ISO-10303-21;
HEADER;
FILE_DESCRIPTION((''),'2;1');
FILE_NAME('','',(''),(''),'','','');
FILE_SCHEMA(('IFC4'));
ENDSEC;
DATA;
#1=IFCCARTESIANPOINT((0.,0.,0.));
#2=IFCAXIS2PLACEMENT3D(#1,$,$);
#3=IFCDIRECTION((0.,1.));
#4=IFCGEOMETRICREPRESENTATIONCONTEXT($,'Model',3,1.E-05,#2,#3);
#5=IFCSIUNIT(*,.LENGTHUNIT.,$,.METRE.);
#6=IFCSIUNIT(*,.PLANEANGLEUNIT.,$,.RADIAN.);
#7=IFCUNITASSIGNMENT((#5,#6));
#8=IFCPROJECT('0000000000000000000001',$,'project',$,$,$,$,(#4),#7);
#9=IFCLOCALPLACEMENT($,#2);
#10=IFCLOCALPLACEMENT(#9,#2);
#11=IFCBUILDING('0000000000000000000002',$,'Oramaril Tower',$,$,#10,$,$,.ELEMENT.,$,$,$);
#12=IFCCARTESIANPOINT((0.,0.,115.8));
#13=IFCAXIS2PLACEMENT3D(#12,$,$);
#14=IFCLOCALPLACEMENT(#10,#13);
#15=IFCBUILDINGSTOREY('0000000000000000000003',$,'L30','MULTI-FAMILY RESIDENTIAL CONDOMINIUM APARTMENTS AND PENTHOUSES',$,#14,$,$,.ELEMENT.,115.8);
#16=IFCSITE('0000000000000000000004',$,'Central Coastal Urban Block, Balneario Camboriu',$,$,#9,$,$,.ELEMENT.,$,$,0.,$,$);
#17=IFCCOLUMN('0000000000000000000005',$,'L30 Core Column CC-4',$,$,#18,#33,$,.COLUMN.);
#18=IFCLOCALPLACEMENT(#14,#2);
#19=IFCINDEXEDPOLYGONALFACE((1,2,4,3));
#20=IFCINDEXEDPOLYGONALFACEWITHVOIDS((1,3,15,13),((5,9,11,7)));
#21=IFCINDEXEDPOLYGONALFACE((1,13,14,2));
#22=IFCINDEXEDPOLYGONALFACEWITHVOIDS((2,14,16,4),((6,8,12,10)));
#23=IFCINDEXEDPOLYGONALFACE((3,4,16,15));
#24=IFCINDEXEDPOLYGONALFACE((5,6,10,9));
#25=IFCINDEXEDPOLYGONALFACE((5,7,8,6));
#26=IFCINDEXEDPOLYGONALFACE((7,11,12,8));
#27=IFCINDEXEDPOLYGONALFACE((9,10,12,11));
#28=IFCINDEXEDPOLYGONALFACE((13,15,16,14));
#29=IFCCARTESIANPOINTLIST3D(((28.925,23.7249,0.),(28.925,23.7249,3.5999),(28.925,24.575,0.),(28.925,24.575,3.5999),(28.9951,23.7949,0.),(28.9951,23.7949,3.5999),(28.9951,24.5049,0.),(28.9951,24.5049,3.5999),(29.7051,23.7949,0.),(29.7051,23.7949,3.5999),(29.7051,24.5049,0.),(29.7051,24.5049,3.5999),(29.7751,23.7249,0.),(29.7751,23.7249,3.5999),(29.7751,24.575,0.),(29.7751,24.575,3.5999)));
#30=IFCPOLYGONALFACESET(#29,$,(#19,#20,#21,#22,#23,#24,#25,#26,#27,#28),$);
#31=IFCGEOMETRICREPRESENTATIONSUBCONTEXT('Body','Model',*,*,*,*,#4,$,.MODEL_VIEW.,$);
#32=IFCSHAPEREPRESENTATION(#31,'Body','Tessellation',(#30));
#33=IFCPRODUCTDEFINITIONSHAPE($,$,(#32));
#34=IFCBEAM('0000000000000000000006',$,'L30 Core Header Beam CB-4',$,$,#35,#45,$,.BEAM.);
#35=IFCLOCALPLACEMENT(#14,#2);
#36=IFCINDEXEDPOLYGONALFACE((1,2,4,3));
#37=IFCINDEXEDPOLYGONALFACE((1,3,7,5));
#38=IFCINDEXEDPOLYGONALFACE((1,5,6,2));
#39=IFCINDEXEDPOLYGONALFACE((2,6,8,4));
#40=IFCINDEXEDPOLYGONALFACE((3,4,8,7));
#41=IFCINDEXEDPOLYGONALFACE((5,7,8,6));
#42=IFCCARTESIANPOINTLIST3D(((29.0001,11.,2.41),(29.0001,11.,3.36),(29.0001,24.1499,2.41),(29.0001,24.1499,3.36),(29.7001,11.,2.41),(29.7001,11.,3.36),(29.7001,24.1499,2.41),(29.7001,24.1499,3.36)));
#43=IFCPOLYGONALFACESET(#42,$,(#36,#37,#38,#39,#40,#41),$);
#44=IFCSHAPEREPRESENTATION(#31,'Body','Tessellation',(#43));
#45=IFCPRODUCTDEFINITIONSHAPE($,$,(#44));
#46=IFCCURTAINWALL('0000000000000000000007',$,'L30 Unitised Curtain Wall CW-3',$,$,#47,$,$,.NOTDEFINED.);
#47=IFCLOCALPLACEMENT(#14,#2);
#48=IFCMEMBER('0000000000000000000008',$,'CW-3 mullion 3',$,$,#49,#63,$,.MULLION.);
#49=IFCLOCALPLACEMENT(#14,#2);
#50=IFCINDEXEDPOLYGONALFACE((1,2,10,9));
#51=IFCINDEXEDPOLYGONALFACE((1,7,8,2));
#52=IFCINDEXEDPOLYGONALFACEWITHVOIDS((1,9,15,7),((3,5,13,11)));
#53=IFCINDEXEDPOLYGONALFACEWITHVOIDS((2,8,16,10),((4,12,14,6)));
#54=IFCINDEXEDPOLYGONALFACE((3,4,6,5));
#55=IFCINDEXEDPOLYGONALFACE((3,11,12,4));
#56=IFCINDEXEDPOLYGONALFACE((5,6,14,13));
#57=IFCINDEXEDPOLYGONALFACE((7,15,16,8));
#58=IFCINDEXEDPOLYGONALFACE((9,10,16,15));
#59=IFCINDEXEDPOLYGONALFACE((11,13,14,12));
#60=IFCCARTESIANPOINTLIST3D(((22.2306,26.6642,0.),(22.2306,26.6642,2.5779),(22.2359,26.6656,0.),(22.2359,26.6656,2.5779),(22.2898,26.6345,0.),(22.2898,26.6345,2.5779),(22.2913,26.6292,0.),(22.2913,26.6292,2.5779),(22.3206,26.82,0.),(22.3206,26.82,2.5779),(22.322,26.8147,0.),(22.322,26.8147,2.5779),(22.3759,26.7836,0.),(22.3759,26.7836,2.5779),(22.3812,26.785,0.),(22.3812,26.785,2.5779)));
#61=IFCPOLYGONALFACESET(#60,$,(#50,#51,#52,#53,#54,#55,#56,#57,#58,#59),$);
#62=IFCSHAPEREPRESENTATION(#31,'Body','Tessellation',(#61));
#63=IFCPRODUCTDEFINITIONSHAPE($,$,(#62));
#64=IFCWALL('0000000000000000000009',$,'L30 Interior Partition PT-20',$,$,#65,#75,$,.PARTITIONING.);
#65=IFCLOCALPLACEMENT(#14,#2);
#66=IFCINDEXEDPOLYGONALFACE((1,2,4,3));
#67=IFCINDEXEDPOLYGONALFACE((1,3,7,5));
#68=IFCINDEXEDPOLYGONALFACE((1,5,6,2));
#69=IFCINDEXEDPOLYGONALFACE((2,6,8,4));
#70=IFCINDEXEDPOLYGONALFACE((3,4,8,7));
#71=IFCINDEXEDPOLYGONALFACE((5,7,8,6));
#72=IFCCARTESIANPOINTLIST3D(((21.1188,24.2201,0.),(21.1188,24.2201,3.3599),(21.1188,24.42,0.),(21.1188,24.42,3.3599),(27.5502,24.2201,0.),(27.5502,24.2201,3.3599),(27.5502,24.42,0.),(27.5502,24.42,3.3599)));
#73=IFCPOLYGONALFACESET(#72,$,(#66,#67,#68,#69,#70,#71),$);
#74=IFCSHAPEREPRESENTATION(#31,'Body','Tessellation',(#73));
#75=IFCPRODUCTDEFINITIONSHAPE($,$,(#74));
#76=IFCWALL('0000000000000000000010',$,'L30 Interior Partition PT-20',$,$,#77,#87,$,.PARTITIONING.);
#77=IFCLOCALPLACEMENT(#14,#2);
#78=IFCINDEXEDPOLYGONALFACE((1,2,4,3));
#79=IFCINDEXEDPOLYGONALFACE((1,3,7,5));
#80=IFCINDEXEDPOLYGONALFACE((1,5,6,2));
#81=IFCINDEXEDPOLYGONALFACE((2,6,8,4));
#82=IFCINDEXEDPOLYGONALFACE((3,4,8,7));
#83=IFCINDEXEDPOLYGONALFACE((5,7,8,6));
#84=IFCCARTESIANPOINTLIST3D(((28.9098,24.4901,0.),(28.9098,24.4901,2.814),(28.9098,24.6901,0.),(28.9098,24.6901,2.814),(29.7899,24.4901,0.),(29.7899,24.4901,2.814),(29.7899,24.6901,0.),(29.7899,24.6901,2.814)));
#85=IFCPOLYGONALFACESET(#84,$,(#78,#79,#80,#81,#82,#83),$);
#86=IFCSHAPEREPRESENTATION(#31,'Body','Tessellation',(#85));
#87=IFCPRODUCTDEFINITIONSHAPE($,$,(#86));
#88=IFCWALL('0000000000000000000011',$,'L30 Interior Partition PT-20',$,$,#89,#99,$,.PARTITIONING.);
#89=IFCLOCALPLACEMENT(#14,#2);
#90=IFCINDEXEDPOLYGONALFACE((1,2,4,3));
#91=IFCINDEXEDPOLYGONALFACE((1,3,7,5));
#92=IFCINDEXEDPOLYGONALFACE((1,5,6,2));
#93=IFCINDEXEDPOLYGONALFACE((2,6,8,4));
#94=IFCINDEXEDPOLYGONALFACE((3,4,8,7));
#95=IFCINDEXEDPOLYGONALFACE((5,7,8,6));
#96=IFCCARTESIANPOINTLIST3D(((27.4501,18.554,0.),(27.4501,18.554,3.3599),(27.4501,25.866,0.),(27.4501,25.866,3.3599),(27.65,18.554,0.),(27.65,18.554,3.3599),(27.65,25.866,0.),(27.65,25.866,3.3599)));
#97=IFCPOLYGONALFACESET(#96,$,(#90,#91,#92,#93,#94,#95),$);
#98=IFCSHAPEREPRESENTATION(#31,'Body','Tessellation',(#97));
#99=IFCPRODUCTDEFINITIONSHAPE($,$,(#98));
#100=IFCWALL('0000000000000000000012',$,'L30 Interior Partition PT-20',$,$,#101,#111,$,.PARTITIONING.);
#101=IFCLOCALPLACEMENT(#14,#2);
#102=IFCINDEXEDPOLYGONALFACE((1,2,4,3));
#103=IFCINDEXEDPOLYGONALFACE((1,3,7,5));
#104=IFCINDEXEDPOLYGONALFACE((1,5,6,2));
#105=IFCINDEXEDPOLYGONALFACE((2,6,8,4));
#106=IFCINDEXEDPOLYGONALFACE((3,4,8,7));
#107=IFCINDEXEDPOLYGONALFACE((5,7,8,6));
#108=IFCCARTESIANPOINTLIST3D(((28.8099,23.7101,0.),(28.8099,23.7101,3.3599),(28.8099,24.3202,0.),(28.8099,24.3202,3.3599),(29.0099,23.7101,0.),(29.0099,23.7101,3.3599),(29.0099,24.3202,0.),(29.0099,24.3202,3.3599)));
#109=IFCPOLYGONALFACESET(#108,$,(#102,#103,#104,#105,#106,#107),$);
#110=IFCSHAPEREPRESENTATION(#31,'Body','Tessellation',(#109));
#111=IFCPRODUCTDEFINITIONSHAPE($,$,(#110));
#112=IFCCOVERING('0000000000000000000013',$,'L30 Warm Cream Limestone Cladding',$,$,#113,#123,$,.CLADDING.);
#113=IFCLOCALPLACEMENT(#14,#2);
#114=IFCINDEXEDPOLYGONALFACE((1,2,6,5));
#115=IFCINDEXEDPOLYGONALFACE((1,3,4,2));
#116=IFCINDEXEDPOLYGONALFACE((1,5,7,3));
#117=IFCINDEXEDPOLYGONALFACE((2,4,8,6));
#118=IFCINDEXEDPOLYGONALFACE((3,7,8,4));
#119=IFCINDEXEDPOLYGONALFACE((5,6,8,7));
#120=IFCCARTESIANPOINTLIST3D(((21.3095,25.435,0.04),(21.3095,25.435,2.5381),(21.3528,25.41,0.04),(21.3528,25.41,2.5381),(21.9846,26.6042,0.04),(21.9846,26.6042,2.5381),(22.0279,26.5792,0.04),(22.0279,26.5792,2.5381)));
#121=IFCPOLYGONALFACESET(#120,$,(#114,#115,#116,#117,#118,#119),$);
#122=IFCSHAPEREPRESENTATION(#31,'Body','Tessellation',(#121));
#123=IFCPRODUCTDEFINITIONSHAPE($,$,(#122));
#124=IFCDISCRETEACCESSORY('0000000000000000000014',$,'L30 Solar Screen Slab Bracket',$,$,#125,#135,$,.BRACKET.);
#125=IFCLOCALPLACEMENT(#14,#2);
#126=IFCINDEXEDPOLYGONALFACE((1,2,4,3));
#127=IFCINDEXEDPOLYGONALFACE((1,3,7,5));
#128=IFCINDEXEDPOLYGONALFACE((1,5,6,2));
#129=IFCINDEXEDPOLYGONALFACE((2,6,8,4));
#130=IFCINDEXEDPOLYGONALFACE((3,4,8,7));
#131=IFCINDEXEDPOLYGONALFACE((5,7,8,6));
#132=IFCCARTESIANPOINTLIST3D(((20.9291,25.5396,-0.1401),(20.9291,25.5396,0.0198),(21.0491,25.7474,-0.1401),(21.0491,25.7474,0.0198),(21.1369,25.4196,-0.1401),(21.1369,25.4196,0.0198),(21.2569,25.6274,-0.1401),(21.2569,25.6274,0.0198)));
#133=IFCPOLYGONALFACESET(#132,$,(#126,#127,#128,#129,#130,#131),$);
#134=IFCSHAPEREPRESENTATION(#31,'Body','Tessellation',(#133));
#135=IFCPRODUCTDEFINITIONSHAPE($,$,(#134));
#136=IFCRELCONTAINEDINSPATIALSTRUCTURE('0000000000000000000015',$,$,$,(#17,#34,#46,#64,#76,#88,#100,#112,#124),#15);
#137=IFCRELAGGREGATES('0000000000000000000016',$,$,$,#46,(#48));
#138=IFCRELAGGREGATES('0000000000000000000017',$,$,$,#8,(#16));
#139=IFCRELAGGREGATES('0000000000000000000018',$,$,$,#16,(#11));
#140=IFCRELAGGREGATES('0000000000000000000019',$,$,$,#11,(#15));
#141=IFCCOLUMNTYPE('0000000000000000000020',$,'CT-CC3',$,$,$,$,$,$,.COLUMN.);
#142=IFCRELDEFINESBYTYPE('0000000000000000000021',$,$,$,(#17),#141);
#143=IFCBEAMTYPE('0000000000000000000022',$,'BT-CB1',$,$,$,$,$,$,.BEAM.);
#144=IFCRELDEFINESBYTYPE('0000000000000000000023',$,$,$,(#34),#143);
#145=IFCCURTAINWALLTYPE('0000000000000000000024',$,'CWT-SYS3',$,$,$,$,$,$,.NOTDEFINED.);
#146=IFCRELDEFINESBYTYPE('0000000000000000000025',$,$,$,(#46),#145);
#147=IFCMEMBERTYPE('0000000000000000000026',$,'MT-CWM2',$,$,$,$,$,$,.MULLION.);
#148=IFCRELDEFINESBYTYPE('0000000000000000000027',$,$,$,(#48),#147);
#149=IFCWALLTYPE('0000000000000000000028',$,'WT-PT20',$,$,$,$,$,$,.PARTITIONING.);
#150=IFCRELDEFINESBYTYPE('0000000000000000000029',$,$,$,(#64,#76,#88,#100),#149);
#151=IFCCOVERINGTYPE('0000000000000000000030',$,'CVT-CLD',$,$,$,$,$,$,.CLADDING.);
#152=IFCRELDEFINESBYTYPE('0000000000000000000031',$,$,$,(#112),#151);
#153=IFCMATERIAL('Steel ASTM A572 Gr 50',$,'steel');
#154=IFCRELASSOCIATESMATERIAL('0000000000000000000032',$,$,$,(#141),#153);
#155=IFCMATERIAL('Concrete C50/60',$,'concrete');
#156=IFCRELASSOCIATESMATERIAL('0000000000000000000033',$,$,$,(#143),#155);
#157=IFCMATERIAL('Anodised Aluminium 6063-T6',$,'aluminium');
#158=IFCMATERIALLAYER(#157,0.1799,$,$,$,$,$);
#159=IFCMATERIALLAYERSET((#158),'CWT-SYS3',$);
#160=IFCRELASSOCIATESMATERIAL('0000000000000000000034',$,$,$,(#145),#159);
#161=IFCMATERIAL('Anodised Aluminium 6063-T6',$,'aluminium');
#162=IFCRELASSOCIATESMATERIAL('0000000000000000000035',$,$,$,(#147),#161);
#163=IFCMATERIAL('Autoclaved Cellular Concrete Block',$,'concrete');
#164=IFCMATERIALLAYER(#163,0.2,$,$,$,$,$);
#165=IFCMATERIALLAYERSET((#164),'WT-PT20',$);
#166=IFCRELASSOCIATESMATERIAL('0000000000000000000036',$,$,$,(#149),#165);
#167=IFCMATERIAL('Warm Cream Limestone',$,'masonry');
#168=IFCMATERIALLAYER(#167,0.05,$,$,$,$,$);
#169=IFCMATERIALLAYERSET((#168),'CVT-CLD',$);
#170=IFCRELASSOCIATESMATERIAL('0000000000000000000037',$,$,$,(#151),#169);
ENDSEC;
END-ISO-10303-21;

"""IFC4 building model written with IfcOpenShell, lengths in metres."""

from ifc_helpers import new_model, si_unit, direction, frame, frame_2d, origin, origin_2d, place, context, subcontext, project, spatial, rectangle, hollow_rectangle, extrude, material, layer, layer_set, material_profile, profile_set, type_object, element, aggregate, save


model = new_model("IFC4")

# Units and contexts
model_context = context("Model", 3, precision=1e-05, world=origin(), true_north=direction((0.0, 1.0)))
body_context = subcontext(model_context, "Body", "Model", "MODEL_VIEW")
ifc_project = project(units=[si_unit("LENGTHUNIT", "METRE"), si_unit("PLANEANGLEUNIT", "RADIAN")], contexts=[model_context])

# Site, building, storey
site_placement = place(None, origin())
site = spatial("IfcSite", under=ifc_project, at=site_placement, Name="Central Coastal Urban Block, Balneario Camboriu", CompositionType="ELEMENT", RefElevation=0.0)
building_placement = place(site_placement, origin())
building = spatial("IfcBuilding", under=site, at=building_placement, Name="Oramaril Tower", CompositionType="ELEMENT")
storey_placement = place(building_placement, frame((0.0, 0.0, 115.8)))
storey = spatial("IfcBuildingStorey", under=building, at=storey_placement, Name="L30", Description="MULTI-FAMILY RESIDENTIAL CONDOMINIUM APARTMENTS AND PENTHOUSES", CompositionType="ELEMENT", Elevation=115.8)

# Column
ifc_material_1 = material(Name="Steel ASTM A572 Gr 50", Category="steel")
ifc_material_profile_1 = material_profile(ifc_material_1, hollow_rectangle(XDim=0.8501, YDim=0.8501, WallThickness=0.0701, at=origin_2d()), Name="BOX850X850X70")
ifc_profile_set_1 = profile_set([ifc_material_profile_1], Name="Steel ASTM A572 Gr 50")
column_type = type_object("IfcColumnType", Name="CT-CC3", PredefinedType="COLUMN", material=ifc_profile_set_1)
column_placement = place(storey_placement, frame((29.3501, 24.1499, 0.0), z_axis=(0.0, 0.0, 1.0), x_axis=(1.0, 0.0, 0.0)))
element("IfcColumn", 1, at=column_placement, inside=storey, type_object=column_type, Name="L30 Core Column CC-4", PredefinedType="COLUMN", context=body_context, shape_type="SweptSolid", body=[
    extrude(hollow_rectangle(XDim=0.8501, YDim=0.8501, WallThickness=0.0701, at=origin_2d()), origin(), (0.0, 0.0, 1.0), 3.5999),
])

# Beam
ifc_material_2 = material(Name="Concrete C50/60", Category="concrete")
ifc_material_profile_2 = material_profile(ifc_material_2, rectangle(XDim=0.7, YDim=0.95, at=origin_2d()), Name="CB700X950")
ifc_profile_set_2 = profile_set([ifc_material_profile_2], Name="Concrete C50/60")
beam_type = type_object("IfcBeamType", Name="BT-CB1", PredefinedType="BEAM", material=ifc_profile_set_2)
beam_placement = place(storey_placement, frame((29.3501, 24.1499, 2.885), z_axis=(0.0, -1.0, 0.0), x_axis=(1.0, 0.0, 0.0)))
element("IfcBeam", 2, at=beam_placement, inside=storey, type_object=beam_type, Name="L30 Core Header Beam CB-4", PredefinedType="BEAM", context=body_context, shape_type="SweptSolid", body=[
    extrude(rectangle(XDim=0.7, YDim=0.95, at=origin_2d()), origin(), (0.0, 0.0, 1.0), 13.1499),
])

# Curtain wall, member
ifc_material_3 = material(Name="Anodised Aluminium 6063-T6", Category="aluminium")
ifc_layer_1 = layer(ifc_material_3, 0.1799)
ifc_layer_set_1 = layer_set([ifc_layer_1], Name="CWT-SYS3")
curtain_wall_type = type_object("IfcCurtainWallType", Name="CWT-SYS3", PredefinedType="NOTDEFINED", material=ifc_layer_set_1)
curtain_wall_placement = place(storey_placement, origin())
curtain_wall = element("IfcCurtainWall", 3, at=curtain_wall_placement, inside=storey, type_object=curtain_wall_type, Name="L30 Unitised Curtain Wall CW-3", PredefinedType="NOTDEFINED")
ifc_material_4 = material(Name="Anodised Aluminium 6063-T6", Category="aluminium")
ifc_material_profile_3 = material_profile(ifc_material_4, hollow_rectangle(XDim=0.0701, YDim=0.1799, WallThickness=0.0039, at=origin_2d()), Name="CWM180X70")
ifc_profile_set_3 = profile_set([ifc_material_profile_3], Name="Anodised Aluminium 6063-T6")
member_type = type_object("IfcMemberType", Name="MT-CWM2", PredefinedType="MULLION", material=ifc_profile_set_3)
member_placement = place(storey_placement, frame((22.3059, 26.7246, 0.0), z_axis=(0.0, 0.0, 1.0), x_axis=(0.866025, -0.5, 0.0)))
member = element("IfcMember", 4, at=member_placement, type_object=member_type, Name="CW-3 mullion 3", PredefinedType="MULLION", context=body_context, shape_type="SweptSolid", body=[
    extrude(hollow_rectangle(XDim=0.0701, YDim=0.1799, WallThickness=0.0039, at=origin_2d()), origin(), (0.0, 0.0, 1.0), 2.5779),
])
aggregate(curtain_wall, [member])

# Walls
ifc_material_5 = material(Name="Autoclaved Cellular Concrete Block", Category="concrete")
ifc_layer_2 = layer(ifc_material_5, 0.2)
ifc_layer_set_2 = layer_set([ifc_layer_2], Name="WT-PT20")
wall_type_1 = type_object("IfcWallType", Name="WT-PT20", PredefinedType="PARTITIONING", material=ifc_layer_set_2)
wall_1_placement = place(storey_placement, frame((21.1187, 24.3201, 0.0), z_axis=(0.0, 0.0, 1.0), x_axis=(1.0, 0.0, 0.0)))
element("IfcWall", 5, at=wall_1_placement, inside=storey, type_object=wall_type_1, Name="L30 Interior Partition PT-20", PredefinedType="PARTITIONING", context=body_context, shape_type="SweptSolid", body=[
    extrude(rectangle(XDim=6.4314, YDim=0.2, at=frame_2d((3.2158, 0.0))), origin(), (0.0, 0.0, 1.0), 3.3599),
])
wall_2_placement = place(storey_placement, frame((28.9099, 24.5901, 0.0), z_axis=(0.0, 0.0, 1.0), x_axis=(1.0, 0.0, 0.0)))
element("IfcWall", 6, at=wall_2_placement, inside=storey, type_object=wall_type_1, Name="L30 Interior Partition PT-20", PredefinedType="PARTITIONING", context=body_context, shape_type="SweptSolid", body=[
    extrude(rectangle(XDim=0.8801, YDim=0.2, at=frame_2d((0.4399, 0.0))), origin(), (0.0, 0.0, 1.0), 2.814),
])

# Walls
wall_3_placement = place(storey_placement, frame((27.55, 18.554, 0.0), z_axis=(0.0, 0.0, 1.0), x_axis=(0.0, 1.0, 0.0)))
element("IfcWall", 7, at=wall_3_placement, inside=storey, type_object=wall_type_1, Name="L30 Interior Partition PT-20", PredefinedType="PARTITIONING", context=body_context, shape_type="SweptSolid", body=[
    extrude(rectangle(XDim=7.312, YDim=0.2, at=frame_2d((3.656, 0.0))), origin(), (0.0, 0.0, 1.0), 3.3599),
])
wall_4_placement = place(storey_placement, frame((28.9099, 23.71, 0.0), z_axis=(0.0, 0.0, 1.0), x_axis=(0.0, 1.0, 0.0)))
element("IfcWall", 8, at=wall_4_placement, inside=storey, type_object=wall_type_1, Name="L30 Interior Partition PT-20", PredefinedType="PARTITIONING", context=body_context, shape_type="SweptSolid", body=[
    extrude(rectangle(XDim=0.6101, YDim=0.2, at=frame_2d((0.3052, 0.0))), origin(), (0.0, 0.0, 1.0), 3.3599),
])

# Covering
ifc_material_6 = material(Name="Warm Cream Limestone", Category="masonry")
ifc_layer_3 = layer(ifc_material_6, 0.05)
ifc_layer_set_3 = layer_set([ifc_layer_3], Name="CVT-CLD")
covering_type = type_object("IfcCoveringType", Name="CVT-CLD", PredefinedType="CLADDING", material=ifc_layer_set_3)
covering_placement = place(storey_placement, frame((21.6687, 26.0071, 0.04), z_axis=(0.0, 0.0, 1.0), x_axis=(-0.499998, -0.866026, 0.0)))
element("IfcCovering", 9, at=covering_placement, inside=storey, type_object=covering_type, Name="L30 Warm Cream Limestone Cladding", PredefinedType="CLADDING", context=body_context, shape_type="SweptSolid", body=[
    extrude(rectangle(XDim=1.3501, YDim=0.05, at=origin_2d()), origin(), (0.0, 0.0, 1.0), 2.498),
])

# Discrete accessory
discrete_accessory_placement = place(storey_placement, frame((21.093, 25.5835, -0.1401), z_axis=(0.0, 0.0, 1.0), x_axis=(-0.499995, -0.866028, 0.0)))
element("IfcDiscreteAccessory", 10, at=discrete_accessory_placement, inside=storey, Name="L30 Solar Screen Slab Bracket", PredefinedType="BRACKET", context=body_context, shape_type="SweptSolid", body=[
    extrude(rectangle(XDim=0.24, YDim=0.24, at=origin_2d()), origin(), (0.0, 0.0, 1.0), 0.1599),
])

save(model, "model.ifc")
